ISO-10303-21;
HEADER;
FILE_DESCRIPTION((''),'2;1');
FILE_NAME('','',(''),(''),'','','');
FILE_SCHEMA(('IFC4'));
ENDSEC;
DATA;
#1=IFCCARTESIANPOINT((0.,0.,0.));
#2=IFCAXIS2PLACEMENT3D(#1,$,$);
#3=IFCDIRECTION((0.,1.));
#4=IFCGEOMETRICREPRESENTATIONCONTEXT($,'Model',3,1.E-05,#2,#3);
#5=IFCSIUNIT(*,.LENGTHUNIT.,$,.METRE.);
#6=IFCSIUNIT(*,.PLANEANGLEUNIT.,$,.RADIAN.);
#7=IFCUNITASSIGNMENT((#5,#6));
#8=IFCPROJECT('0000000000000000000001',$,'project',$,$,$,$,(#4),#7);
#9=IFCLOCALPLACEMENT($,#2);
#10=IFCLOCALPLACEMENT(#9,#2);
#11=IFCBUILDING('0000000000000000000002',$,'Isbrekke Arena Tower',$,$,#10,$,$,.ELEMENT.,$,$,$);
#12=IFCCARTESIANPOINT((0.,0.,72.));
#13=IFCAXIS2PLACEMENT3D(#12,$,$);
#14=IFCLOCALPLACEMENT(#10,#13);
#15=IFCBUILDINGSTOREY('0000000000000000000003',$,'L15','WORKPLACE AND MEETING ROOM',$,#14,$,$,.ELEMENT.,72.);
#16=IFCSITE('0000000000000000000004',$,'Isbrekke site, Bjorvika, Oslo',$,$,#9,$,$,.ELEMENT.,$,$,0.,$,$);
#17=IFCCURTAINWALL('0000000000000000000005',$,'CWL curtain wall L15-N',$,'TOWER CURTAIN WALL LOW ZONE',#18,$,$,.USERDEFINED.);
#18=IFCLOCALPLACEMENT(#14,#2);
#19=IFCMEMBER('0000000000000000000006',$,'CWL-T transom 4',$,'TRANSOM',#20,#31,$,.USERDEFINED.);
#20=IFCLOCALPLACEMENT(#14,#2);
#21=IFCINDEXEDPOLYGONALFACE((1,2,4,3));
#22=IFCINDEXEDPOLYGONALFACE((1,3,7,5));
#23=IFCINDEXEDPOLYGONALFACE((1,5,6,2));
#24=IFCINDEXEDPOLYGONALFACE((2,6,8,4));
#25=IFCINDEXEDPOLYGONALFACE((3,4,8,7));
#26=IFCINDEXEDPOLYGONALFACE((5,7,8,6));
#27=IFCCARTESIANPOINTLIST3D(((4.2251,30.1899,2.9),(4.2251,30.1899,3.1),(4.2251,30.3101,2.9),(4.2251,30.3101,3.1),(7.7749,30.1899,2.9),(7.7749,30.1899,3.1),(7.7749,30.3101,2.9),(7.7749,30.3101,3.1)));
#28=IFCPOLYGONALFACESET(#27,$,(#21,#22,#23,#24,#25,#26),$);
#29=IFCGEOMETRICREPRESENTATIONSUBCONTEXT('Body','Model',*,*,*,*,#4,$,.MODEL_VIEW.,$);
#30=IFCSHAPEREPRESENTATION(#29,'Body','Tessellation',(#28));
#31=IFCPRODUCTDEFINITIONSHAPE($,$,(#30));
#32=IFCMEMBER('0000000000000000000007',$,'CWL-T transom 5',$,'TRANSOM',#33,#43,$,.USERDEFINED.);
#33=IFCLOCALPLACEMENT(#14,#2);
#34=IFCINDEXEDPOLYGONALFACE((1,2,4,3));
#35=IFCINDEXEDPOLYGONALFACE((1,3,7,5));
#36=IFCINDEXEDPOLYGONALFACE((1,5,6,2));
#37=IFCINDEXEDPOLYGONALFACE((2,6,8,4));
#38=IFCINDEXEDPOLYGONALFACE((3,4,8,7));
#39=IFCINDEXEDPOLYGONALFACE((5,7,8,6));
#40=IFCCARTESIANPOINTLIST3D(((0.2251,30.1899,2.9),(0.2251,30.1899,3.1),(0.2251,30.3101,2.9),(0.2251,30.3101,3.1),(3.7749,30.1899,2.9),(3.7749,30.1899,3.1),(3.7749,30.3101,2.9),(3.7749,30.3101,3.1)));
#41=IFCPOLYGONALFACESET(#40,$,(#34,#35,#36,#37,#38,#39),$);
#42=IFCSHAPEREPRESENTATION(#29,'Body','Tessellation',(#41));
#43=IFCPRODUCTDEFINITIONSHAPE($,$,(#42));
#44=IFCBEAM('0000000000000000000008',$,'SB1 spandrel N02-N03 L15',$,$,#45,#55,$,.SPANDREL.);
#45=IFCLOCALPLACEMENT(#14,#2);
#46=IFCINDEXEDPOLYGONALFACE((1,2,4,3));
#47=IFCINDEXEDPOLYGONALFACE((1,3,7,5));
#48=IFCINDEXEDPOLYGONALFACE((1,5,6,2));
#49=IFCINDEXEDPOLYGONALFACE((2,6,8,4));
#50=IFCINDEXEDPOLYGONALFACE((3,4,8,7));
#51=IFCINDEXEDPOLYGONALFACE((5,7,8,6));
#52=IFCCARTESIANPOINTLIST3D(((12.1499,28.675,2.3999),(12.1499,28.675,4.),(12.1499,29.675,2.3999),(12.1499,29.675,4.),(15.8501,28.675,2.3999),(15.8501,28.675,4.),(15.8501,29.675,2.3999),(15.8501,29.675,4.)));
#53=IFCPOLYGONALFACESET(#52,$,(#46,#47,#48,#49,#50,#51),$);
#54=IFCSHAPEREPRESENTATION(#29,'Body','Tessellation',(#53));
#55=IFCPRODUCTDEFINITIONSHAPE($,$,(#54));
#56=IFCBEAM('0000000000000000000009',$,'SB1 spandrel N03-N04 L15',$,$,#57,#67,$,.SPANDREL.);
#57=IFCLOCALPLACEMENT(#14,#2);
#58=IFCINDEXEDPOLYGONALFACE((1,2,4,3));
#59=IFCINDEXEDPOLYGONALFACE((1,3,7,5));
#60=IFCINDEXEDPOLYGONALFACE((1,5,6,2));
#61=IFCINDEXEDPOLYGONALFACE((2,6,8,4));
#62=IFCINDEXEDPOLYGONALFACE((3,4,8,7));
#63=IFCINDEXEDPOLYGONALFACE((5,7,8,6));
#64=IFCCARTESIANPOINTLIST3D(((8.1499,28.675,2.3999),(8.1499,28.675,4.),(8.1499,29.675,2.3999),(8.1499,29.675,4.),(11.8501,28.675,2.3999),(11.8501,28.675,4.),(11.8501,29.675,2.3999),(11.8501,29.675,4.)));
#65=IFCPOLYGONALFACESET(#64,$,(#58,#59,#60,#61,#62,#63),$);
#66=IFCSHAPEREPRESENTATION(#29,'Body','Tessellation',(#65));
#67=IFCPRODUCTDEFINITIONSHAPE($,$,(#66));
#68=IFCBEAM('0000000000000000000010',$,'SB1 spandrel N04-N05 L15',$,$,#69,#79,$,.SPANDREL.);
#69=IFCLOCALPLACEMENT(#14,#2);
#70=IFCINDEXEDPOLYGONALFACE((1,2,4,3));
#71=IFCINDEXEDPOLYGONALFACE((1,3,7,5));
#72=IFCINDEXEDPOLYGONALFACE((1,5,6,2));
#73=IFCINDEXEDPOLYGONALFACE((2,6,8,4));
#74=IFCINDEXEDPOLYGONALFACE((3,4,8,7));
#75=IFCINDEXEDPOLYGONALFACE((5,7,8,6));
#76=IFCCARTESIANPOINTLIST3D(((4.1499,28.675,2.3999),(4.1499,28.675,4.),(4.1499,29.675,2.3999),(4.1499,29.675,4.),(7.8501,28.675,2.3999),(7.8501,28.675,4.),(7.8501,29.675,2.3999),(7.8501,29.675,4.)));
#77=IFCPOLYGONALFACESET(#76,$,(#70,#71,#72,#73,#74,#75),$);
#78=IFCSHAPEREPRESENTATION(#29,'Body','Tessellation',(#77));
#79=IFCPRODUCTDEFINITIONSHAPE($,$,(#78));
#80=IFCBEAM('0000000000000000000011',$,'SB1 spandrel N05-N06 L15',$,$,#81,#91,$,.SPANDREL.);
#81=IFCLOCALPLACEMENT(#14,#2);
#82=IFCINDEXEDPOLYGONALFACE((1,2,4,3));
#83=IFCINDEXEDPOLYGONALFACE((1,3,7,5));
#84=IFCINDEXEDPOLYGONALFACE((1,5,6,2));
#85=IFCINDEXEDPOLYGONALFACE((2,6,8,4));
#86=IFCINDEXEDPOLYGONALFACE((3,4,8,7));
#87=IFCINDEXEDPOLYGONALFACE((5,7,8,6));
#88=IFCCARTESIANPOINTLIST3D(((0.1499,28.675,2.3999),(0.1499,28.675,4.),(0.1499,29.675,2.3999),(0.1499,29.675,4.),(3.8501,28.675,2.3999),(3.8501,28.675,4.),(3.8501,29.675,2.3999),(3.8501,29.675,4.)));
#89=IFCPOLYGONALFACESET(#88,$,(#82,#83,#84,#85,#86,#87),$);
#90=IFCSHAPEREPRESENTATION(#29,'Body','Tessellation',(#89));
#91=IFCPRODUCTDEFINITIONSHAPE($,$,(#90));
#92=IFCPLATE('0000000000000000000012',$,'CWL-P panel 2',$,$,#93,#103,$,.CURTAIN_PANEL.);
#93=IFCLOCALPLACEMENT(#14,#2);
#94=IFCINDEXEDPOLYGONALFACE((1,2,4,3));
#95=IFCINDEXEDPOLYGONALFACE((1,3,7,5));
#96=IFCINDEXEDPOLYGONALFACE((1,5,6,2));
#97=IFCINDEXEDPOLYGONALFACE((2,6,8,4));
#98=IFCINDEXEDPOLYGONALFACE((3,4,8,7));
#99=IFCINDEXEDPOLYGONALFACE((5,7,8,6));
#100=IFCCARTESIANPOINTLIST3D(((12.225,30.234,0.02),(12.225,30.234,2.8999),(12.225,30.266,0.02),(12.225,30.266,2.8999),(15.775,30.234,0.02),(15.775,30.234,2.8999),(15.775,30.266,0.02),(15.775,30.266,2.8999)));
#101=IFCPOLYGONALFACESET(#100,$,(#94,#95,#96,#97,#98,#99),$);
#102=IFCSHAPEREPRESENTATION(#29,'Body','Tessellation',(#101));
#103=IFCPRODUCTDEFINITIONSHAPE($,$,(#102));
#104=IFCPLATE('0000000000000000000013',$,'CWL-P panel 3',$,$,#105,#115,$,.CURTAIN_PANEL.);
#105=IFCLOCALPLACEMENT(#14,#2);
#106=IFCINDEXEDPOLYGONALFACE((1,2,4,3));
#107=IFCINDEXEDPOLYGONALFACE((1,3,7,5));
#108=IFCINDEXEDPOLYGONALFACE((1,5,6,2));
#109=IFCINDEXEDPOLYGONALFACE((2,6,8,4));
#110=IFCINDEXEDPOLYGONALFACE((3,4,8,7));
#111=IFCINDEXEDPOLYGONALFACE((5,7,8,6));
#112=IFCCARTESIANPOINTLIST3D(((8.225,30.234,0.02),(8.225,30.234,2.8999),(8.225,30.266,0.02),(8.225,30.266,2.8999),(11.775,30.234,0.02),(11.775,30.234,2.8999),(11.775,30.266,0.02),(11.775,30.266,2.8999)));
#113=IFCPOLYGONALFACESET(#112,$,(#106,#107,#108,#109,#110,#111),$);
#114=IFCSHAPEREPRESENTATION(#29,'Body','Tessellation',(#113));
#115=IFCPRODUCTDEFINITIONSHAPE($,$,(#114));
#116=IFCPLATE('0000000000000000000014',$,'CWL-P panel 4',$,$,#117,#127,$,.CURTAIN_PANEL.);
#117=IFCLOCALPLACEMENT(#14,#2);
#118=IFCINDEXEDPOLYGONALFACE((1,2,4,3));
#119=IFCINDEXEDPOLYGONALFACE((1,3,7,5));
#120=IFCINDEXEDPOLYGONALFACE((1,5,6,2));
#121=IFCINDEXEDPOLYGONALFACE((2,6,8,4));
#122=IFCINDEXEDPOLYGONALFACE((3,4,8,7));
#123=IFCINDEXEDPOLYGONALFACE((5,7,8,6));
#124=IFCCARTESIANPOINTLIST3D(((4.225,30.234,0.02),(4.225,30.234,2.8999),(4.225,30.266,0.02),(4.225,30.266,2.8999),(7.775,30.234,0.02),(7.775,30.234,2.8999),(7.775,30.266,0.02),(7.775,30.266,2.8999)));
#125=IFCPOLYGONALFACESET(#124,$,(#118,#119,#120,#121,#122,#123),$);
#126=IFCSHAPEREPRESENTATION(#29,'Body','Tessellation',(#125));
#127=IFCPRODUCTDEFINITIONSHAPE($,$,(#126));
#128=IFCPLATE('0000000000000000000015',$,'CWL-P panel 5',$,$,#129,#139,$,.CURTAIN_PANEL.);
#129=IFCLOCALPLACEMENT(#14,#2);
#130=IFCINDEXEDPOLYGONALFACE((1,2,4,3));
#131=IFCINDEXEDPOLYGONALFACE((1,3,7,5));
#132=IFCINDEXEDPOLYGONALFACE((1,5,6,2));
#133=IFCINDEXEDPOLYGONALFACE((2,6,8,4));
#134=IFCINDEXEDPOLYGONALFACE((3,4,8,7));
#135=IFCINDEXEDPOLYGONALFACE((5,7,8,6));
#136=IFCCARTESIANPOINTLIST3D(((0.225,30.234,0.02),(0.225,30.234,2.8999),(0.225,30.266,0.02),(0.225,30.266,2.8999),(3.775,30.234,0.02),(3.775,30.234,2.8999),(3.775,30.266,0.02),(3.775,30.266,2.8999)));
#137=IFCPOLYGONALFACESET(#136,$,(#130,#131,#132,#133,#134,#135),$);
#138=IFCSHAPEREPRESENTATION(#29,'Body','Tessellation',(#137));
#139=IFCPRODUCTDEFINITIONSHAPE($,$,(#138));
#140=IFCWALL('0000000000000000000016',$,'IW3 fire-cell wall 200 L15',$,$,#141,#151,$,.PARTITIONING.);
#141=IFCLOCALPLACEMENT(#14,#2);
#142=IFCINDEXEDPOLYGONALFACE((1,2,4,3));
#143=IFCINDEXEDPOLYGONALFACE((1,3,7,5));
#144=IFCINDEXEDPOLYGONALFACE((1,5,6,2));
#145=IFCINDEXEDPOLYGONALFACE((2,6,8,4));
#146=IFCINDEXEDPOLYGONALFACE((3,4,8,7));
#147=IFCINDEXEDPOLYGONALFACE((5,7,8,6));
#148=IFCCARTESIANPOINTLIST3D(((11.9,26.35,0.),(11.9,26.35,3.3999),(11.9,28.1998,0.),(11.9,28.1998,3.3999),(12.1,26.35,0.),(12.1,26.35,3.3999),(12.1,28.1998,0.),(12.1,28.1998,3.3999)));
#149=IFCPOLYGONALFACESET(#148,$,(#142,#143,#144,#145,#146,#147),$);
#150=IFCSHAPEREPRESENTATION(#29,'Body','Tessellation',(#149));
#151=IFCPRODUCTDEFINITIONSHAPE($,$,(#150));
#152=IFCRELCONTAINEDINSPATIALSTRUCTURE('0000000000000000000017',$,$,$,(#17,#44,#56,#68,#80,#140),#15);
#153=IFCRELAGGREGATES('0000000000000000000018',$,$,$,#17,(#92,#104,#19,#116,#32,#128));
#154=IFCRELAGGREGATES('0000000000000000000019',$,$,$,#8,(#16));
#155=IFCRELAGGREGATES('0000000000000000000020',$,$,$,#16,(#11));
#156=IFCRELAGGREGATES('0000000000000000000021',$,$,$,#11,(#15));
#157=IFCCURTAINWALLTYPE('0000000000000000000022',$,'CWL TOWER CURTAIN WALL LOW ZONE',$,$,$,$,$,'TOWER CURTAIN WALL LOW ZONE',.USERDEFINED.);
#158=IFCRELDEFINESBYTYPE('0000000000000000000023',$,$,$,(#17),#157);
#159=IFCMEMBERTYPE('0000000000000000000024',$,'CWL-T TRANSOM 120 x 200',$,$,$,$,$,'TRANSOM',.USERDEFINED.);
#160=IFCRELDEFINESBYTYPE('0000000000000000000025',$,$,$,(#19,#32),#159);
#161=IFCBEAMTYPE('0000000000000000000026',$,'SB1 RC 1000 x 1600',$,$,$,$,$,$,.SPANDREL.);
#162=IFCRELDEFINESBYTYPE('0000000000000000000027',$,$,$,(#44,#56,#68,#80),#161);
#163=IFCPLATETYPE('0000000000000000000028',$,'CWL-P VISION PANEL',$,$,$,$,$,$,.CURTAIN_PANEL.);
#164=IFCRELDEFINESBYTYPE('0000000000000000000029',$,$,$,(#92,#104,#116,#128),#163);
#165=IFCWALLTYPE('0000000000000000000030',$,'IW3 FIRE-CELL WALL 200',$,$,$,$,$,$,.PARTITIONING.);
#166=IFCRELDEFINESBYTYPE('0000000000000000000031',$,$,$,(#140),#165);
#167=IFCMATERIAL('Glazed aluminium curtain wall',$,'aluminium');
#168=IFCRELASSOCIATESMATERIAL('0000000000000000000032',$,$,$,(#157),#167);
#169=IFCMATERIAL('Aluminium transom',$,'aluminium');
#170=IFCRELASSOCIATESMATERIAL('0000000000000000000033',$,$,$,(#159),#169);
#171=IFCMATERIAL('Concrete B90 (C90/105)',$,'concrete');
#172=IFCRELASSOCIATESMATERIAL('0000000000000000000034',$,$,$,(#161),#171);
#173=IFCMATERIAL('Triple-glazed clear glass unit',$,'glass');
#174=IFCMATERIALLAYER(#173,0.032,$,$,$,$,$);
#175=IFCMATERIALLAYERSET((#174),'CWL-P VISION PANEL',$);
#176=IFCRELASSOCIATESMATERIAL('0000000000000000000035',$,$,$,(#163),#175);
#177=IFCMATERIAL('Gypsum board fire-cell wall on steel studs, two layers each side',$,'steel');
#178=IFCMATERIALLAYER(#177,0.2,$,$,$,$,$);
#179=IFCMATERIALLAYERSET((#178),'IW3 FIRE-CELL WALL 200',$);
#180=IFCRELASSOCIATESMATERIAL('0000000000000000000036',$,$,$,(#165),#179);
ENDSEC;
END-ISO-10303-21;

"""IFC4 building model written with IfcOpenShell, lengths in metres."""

from ifc_helpers import new_model, si_unit, direction, frame, frame_2d, origin, origin_2d, place, context, subcontext, project, spatial, rectangle, extrude, material, layer, layer_set, material_profile, profile_set, type_object, element, aggregate, save


model = new_model("IFC4")

# Units and contexts
model_context = context("Model", 3, precision=1e-05, world=origin(), true_north=direction((0.0, 1.0)))
body_context = subcontext(model_context, "Body", "Model", "MODEL_VIEW")
ifc_project = project(units=[si_unit("LENGTHUNIT", "METRE"), si_unit("PLANEANGLEUNIT", "RADIAN")], contexts=[model_context])

# Site, building, storey
site_placement = place(None, origin())
site = spatial("IfcSite", under=ifc_project, at=site_placement, Name="Isbrekke site, Bjorvika, Oslo", CompositionType="ELEMENT", RefElevation=0.0)
building_placement = place(site_placement, origin())
building = spatial("IfcBuilding", under=site, at=building_placement, Name="Isbrekke Arena Tower", CompositionType="ELEMENT")
storey_placement = place(building_placement, frame((0.0, 0.0, 72.0)))
storey = spatial("IfcBuildingStorey", under=building, at=storey_placement, Name="L15", Description="WORKPLACE AND MEETING ROOM", CompositionType="ELEMENT", Elevation=72.0)

# Curtain wall, members
ifc_material_1 = material(Name="Glazed aluminium curtain wall", Category="aluminium")
curtain_wall_type = type_object("IfcCurtainWallType", Name="CWL TOWER CURTAIN WALL LOW ZONE", ElementType="TOWER CURTAIN WALL LOW ZONE", PredefinedType="USERDEFINED", material=ifc_material_1)
curtain_wall_placement = place(storey_placement, origin())
curtain_wall = element("IfcCurtainWall", 1, at=curtain_wall_placement, inside=storey, type_object=curtain_wall_type, Name="CWL curtain wall L15-N", ObjectType="TOWER CURTAIN WALL LOW ZONE", PredefinedType="USERDEFINED")
ifc_material_2 = material(Name="Aluminium transom", Category="aluminium")
ifc_material_profile_1 = material_profile(ifc_material_2, rectangle(XDim=0.1201, YDim=0.2, at=origin_2d()), Name="TRANSOM 120X200")
ifc_profile_set_1 = profile_set([ifc_material_profile_1], Name="Aluminium transom")
member_type_1 = type_object("IfcMemberType", Name="CWL-T TRANSOM 120 x 200", ElementType="TRANSOM", PredefinedType="USERDEFINED", material=ifc_profile_set_1)
member_1_placement = place(storey_placement, frame((7.7749, 30.25, 3.0), z_axis=(-1.0, 0.0, 0.0), x_axis=(0.0, -1.0, 0.0)))
member_1 = element("IfcMember", 2, at=member_1_placement, type_object=member_type_1, Name="CWL-T transom 4", ObjectType="TRANSOM", PredefinedType="USERDEFINED", context=body_context, shape_type="SweptSolid", body=[
    extrude(rectangle(XDim=0.1201, YDim=0.2, at=origin_2d()), origin(), (0.0, 0.0, 1.0), 3.5498),
])
member_2_placement = place(storey_placement, frame((3.7749, 30.25, 3.0), z_axis=(-1.0, 0.0, 0.0), x_axis=(0.0, -1.0, 0.0)))
member_2 = element("IfcMember", 3, at=member_2_placement, type_object=member_type_1, Name="CWL-T transom 5", ObjectType="TRANSOM", PredefinedType="USERDEFINED", context=body_context, shape_type="SweptSolid", body=[
    extrude(rectangle(XDim=0.1201, YDim=0.2, at=origin_2d()), origin(), (0.0, 0.0, 1.0), 3.5498),
])

# Beams
ifc_material_3 = material(Name="Concrete B90 (C90/105)", Category="concrete")
ifc_material_profile_2 = material_profile(ifc_material_3, rectangle(XDim=1.0, YDim=1.6001, at=origin_2d()), Name="RC 1000x1600")
ifc_profile_set_2 = profile_set([ifc_material_profile_2], Name="Concrete B90 (C90/105)")
beam_type_1 = type_object("IfcBeamType", Name="SB1 RC 1000 x 1600", PredefinedType="SPANDREL", material=ifc_profile_set_2)
for number, where, z_axis, x_axis, name in (
    (4, (15.8501, 29.175, 3.2), (-1.0, 0.0, 0.0), (0.0, -1.0, 0.0), "SB1 spandrel N02-N03 L15"),
    (5, (11.8501, 29.175, 3.2), (-1.0, 0.0, 0.0), (0.0, -1.0, 0.0), "SB1 spandrel N03-N04 L15"),
    (6, (7.8501, 29.175, 3.2), (-1.0, 0.0, 0.0), (0.0, -1.0, 0.0), "SB1 spandrel N04-N05 L15"),
    (7, (3.8501, 29.175, 3.2), (-1.0, 0.0, 0.0), (0.0, -1.0, 0.0), "SB1 spandrel N05-N06 L15"),
):
    element("IfcBeam", number, at=place(storey_placement, frame(where, z_axis=z_axis, x_axis=x_axis)), inside=storey, type_object=beam_type_1, Name=name, PredefinedType="SPANDREL", context=body_context, shape_type="SweptSolid", body=[
        extrude(rectangle(XDim=1.0, YDim=1.6001, at=origin_2d()), origin(), (0.0, 0.0, 1.0), 3.7002),
    ])

# Plates
ifc_material_4 = material(Name="Triple-glazed clear glass unit", Category="glass")
ifc_layer_1 = layer(ifc_material_4, 0.032)
ifc_layer_set_1 = layer_set([ifc_layer_1], Name="CWL-P VISION PANEL")
plate_type = type_object("IfcPlateType", Name="CWL-P VISION PANEL", PredefinedType="CURTAIN_PANEL", material=ifc_layer_set_1)
plate_1_placement = place(storey_placement, frame((14.0, 30.25, 0.02), z_axis=(0.0, 0.0, 1.0), x_axis=(-1.0, 0.0, 0.0)))
plate_1 = element("IfcPlate", 8, at=plate_1_placement, type_object=plate_type, Name="CWL-P panel 2", PredefinedType="CURTAIN_PANEL", context=body_context, shape_type="SweptSolid", body=[
    extrude(rectangle(XDim=3.55, YDim=0.032, at=origin_2d()), origin(), (0.0, 0.0, 1.0), 2.8799),
])
plate_2_placement = place(storey_placement, frame((10.0, 30.25, 0.02), z_axis=(0.0, 0.0, 1.0), x_axis=(-1.0, 0.0, 0.0)))
plate_2 = element("IfcPlate", 9, at=plate_2_placement, type_object=plate_type, Name="CWL-P panel 3", PredefinedType="CURTAIN_PANEL", context=body_context, shape_type="SweptSolid", body=[
    extrude(rectangle(XDim=3.55, YDim=0.032, at=origin_2d()), origin(), (0.0, 0.0, 1.0), 2.8799),
])
plate_3_placement = place(storey_placement, frame((6.0, 30.25, 0.02), z_axis=(0.0, 0.0, 1.0), x_axis=(-1.0, 0.0, 0.0)))
plate_3 = element("IfcPlate", 10, at=plate_3_placement, type_object=plate_type, Name="CWL-P panel 4", PredefinedType="CURTAIN_PANEL", context=body_context, shape_type="SweptSolid", body=[
    extrude(rectangle(XDim=3.55, YDim=0.032, at=origin_2d()), origin(), (0.0, 0.0, 1.0), 2.8799),
])
plate_4_placement = place(storey_placement, frame((2.0, 30.25, 0.02), z_axis=(0.0, 0.0, 1.0), x_axis=(-1.0, 0.0, 0.0)))
plate_4 = element("IfcPlate", 11, at=plate_4_placement, type_object=plate_type, Name="CWL-P panel 5", PredefinedType="CURTAIN_PANEL", context=body_context, shape_type="SweptSolid", body=[
    extrude(rectangle(XDim=3.55, YDim=0.032, at=origin_2d()), origin(), (0.0, 0.0, 1.0), 2.8799),
])
aggregate(curtain_wall, [plate_1, plate_2, member_1, plate_3, member_2, plate_4])

# Wall
ifc_material_5 = material(Name="Gypsum board fire-cell wall on steel studs, two layers each side", Category="steel")
ifc_layer_2 = layer(ifc_material_5, 0.2)
ifc_layer_set_2 = layer_set([ifc_layer_2], Name="IW3 FIRE-CELL WALL 200")
wall_type = type_object("IfcWallType", Name="IW3 FIRE-CELL WALL 200", PredefinedType="PARTITIONING", material=ifc_layer_set_2)
wall_placement = place(storey_placement, frame((12.0, 26.3501, 0.0), z_axis=(0.0, 0.0, 1.0), x_axis=(0.0, 1.0, 0.0)))
element("IfcWall", 12, at=wall_placement, inside=storey, type_object=wall_type, Name="IW3 fire-cell wall 200 L15", PredefinedType="PARTITIONING", context=body_context, shape_type="SweptSolid", body=[
    extrude(rectangle(XDim=1.8499, YDim=0.2, at=frame_2d((0.9248, 0.0))), origin(), (0.0, 0.0, 1.0), 3.3999),
])

save(model, "model.ifc")
